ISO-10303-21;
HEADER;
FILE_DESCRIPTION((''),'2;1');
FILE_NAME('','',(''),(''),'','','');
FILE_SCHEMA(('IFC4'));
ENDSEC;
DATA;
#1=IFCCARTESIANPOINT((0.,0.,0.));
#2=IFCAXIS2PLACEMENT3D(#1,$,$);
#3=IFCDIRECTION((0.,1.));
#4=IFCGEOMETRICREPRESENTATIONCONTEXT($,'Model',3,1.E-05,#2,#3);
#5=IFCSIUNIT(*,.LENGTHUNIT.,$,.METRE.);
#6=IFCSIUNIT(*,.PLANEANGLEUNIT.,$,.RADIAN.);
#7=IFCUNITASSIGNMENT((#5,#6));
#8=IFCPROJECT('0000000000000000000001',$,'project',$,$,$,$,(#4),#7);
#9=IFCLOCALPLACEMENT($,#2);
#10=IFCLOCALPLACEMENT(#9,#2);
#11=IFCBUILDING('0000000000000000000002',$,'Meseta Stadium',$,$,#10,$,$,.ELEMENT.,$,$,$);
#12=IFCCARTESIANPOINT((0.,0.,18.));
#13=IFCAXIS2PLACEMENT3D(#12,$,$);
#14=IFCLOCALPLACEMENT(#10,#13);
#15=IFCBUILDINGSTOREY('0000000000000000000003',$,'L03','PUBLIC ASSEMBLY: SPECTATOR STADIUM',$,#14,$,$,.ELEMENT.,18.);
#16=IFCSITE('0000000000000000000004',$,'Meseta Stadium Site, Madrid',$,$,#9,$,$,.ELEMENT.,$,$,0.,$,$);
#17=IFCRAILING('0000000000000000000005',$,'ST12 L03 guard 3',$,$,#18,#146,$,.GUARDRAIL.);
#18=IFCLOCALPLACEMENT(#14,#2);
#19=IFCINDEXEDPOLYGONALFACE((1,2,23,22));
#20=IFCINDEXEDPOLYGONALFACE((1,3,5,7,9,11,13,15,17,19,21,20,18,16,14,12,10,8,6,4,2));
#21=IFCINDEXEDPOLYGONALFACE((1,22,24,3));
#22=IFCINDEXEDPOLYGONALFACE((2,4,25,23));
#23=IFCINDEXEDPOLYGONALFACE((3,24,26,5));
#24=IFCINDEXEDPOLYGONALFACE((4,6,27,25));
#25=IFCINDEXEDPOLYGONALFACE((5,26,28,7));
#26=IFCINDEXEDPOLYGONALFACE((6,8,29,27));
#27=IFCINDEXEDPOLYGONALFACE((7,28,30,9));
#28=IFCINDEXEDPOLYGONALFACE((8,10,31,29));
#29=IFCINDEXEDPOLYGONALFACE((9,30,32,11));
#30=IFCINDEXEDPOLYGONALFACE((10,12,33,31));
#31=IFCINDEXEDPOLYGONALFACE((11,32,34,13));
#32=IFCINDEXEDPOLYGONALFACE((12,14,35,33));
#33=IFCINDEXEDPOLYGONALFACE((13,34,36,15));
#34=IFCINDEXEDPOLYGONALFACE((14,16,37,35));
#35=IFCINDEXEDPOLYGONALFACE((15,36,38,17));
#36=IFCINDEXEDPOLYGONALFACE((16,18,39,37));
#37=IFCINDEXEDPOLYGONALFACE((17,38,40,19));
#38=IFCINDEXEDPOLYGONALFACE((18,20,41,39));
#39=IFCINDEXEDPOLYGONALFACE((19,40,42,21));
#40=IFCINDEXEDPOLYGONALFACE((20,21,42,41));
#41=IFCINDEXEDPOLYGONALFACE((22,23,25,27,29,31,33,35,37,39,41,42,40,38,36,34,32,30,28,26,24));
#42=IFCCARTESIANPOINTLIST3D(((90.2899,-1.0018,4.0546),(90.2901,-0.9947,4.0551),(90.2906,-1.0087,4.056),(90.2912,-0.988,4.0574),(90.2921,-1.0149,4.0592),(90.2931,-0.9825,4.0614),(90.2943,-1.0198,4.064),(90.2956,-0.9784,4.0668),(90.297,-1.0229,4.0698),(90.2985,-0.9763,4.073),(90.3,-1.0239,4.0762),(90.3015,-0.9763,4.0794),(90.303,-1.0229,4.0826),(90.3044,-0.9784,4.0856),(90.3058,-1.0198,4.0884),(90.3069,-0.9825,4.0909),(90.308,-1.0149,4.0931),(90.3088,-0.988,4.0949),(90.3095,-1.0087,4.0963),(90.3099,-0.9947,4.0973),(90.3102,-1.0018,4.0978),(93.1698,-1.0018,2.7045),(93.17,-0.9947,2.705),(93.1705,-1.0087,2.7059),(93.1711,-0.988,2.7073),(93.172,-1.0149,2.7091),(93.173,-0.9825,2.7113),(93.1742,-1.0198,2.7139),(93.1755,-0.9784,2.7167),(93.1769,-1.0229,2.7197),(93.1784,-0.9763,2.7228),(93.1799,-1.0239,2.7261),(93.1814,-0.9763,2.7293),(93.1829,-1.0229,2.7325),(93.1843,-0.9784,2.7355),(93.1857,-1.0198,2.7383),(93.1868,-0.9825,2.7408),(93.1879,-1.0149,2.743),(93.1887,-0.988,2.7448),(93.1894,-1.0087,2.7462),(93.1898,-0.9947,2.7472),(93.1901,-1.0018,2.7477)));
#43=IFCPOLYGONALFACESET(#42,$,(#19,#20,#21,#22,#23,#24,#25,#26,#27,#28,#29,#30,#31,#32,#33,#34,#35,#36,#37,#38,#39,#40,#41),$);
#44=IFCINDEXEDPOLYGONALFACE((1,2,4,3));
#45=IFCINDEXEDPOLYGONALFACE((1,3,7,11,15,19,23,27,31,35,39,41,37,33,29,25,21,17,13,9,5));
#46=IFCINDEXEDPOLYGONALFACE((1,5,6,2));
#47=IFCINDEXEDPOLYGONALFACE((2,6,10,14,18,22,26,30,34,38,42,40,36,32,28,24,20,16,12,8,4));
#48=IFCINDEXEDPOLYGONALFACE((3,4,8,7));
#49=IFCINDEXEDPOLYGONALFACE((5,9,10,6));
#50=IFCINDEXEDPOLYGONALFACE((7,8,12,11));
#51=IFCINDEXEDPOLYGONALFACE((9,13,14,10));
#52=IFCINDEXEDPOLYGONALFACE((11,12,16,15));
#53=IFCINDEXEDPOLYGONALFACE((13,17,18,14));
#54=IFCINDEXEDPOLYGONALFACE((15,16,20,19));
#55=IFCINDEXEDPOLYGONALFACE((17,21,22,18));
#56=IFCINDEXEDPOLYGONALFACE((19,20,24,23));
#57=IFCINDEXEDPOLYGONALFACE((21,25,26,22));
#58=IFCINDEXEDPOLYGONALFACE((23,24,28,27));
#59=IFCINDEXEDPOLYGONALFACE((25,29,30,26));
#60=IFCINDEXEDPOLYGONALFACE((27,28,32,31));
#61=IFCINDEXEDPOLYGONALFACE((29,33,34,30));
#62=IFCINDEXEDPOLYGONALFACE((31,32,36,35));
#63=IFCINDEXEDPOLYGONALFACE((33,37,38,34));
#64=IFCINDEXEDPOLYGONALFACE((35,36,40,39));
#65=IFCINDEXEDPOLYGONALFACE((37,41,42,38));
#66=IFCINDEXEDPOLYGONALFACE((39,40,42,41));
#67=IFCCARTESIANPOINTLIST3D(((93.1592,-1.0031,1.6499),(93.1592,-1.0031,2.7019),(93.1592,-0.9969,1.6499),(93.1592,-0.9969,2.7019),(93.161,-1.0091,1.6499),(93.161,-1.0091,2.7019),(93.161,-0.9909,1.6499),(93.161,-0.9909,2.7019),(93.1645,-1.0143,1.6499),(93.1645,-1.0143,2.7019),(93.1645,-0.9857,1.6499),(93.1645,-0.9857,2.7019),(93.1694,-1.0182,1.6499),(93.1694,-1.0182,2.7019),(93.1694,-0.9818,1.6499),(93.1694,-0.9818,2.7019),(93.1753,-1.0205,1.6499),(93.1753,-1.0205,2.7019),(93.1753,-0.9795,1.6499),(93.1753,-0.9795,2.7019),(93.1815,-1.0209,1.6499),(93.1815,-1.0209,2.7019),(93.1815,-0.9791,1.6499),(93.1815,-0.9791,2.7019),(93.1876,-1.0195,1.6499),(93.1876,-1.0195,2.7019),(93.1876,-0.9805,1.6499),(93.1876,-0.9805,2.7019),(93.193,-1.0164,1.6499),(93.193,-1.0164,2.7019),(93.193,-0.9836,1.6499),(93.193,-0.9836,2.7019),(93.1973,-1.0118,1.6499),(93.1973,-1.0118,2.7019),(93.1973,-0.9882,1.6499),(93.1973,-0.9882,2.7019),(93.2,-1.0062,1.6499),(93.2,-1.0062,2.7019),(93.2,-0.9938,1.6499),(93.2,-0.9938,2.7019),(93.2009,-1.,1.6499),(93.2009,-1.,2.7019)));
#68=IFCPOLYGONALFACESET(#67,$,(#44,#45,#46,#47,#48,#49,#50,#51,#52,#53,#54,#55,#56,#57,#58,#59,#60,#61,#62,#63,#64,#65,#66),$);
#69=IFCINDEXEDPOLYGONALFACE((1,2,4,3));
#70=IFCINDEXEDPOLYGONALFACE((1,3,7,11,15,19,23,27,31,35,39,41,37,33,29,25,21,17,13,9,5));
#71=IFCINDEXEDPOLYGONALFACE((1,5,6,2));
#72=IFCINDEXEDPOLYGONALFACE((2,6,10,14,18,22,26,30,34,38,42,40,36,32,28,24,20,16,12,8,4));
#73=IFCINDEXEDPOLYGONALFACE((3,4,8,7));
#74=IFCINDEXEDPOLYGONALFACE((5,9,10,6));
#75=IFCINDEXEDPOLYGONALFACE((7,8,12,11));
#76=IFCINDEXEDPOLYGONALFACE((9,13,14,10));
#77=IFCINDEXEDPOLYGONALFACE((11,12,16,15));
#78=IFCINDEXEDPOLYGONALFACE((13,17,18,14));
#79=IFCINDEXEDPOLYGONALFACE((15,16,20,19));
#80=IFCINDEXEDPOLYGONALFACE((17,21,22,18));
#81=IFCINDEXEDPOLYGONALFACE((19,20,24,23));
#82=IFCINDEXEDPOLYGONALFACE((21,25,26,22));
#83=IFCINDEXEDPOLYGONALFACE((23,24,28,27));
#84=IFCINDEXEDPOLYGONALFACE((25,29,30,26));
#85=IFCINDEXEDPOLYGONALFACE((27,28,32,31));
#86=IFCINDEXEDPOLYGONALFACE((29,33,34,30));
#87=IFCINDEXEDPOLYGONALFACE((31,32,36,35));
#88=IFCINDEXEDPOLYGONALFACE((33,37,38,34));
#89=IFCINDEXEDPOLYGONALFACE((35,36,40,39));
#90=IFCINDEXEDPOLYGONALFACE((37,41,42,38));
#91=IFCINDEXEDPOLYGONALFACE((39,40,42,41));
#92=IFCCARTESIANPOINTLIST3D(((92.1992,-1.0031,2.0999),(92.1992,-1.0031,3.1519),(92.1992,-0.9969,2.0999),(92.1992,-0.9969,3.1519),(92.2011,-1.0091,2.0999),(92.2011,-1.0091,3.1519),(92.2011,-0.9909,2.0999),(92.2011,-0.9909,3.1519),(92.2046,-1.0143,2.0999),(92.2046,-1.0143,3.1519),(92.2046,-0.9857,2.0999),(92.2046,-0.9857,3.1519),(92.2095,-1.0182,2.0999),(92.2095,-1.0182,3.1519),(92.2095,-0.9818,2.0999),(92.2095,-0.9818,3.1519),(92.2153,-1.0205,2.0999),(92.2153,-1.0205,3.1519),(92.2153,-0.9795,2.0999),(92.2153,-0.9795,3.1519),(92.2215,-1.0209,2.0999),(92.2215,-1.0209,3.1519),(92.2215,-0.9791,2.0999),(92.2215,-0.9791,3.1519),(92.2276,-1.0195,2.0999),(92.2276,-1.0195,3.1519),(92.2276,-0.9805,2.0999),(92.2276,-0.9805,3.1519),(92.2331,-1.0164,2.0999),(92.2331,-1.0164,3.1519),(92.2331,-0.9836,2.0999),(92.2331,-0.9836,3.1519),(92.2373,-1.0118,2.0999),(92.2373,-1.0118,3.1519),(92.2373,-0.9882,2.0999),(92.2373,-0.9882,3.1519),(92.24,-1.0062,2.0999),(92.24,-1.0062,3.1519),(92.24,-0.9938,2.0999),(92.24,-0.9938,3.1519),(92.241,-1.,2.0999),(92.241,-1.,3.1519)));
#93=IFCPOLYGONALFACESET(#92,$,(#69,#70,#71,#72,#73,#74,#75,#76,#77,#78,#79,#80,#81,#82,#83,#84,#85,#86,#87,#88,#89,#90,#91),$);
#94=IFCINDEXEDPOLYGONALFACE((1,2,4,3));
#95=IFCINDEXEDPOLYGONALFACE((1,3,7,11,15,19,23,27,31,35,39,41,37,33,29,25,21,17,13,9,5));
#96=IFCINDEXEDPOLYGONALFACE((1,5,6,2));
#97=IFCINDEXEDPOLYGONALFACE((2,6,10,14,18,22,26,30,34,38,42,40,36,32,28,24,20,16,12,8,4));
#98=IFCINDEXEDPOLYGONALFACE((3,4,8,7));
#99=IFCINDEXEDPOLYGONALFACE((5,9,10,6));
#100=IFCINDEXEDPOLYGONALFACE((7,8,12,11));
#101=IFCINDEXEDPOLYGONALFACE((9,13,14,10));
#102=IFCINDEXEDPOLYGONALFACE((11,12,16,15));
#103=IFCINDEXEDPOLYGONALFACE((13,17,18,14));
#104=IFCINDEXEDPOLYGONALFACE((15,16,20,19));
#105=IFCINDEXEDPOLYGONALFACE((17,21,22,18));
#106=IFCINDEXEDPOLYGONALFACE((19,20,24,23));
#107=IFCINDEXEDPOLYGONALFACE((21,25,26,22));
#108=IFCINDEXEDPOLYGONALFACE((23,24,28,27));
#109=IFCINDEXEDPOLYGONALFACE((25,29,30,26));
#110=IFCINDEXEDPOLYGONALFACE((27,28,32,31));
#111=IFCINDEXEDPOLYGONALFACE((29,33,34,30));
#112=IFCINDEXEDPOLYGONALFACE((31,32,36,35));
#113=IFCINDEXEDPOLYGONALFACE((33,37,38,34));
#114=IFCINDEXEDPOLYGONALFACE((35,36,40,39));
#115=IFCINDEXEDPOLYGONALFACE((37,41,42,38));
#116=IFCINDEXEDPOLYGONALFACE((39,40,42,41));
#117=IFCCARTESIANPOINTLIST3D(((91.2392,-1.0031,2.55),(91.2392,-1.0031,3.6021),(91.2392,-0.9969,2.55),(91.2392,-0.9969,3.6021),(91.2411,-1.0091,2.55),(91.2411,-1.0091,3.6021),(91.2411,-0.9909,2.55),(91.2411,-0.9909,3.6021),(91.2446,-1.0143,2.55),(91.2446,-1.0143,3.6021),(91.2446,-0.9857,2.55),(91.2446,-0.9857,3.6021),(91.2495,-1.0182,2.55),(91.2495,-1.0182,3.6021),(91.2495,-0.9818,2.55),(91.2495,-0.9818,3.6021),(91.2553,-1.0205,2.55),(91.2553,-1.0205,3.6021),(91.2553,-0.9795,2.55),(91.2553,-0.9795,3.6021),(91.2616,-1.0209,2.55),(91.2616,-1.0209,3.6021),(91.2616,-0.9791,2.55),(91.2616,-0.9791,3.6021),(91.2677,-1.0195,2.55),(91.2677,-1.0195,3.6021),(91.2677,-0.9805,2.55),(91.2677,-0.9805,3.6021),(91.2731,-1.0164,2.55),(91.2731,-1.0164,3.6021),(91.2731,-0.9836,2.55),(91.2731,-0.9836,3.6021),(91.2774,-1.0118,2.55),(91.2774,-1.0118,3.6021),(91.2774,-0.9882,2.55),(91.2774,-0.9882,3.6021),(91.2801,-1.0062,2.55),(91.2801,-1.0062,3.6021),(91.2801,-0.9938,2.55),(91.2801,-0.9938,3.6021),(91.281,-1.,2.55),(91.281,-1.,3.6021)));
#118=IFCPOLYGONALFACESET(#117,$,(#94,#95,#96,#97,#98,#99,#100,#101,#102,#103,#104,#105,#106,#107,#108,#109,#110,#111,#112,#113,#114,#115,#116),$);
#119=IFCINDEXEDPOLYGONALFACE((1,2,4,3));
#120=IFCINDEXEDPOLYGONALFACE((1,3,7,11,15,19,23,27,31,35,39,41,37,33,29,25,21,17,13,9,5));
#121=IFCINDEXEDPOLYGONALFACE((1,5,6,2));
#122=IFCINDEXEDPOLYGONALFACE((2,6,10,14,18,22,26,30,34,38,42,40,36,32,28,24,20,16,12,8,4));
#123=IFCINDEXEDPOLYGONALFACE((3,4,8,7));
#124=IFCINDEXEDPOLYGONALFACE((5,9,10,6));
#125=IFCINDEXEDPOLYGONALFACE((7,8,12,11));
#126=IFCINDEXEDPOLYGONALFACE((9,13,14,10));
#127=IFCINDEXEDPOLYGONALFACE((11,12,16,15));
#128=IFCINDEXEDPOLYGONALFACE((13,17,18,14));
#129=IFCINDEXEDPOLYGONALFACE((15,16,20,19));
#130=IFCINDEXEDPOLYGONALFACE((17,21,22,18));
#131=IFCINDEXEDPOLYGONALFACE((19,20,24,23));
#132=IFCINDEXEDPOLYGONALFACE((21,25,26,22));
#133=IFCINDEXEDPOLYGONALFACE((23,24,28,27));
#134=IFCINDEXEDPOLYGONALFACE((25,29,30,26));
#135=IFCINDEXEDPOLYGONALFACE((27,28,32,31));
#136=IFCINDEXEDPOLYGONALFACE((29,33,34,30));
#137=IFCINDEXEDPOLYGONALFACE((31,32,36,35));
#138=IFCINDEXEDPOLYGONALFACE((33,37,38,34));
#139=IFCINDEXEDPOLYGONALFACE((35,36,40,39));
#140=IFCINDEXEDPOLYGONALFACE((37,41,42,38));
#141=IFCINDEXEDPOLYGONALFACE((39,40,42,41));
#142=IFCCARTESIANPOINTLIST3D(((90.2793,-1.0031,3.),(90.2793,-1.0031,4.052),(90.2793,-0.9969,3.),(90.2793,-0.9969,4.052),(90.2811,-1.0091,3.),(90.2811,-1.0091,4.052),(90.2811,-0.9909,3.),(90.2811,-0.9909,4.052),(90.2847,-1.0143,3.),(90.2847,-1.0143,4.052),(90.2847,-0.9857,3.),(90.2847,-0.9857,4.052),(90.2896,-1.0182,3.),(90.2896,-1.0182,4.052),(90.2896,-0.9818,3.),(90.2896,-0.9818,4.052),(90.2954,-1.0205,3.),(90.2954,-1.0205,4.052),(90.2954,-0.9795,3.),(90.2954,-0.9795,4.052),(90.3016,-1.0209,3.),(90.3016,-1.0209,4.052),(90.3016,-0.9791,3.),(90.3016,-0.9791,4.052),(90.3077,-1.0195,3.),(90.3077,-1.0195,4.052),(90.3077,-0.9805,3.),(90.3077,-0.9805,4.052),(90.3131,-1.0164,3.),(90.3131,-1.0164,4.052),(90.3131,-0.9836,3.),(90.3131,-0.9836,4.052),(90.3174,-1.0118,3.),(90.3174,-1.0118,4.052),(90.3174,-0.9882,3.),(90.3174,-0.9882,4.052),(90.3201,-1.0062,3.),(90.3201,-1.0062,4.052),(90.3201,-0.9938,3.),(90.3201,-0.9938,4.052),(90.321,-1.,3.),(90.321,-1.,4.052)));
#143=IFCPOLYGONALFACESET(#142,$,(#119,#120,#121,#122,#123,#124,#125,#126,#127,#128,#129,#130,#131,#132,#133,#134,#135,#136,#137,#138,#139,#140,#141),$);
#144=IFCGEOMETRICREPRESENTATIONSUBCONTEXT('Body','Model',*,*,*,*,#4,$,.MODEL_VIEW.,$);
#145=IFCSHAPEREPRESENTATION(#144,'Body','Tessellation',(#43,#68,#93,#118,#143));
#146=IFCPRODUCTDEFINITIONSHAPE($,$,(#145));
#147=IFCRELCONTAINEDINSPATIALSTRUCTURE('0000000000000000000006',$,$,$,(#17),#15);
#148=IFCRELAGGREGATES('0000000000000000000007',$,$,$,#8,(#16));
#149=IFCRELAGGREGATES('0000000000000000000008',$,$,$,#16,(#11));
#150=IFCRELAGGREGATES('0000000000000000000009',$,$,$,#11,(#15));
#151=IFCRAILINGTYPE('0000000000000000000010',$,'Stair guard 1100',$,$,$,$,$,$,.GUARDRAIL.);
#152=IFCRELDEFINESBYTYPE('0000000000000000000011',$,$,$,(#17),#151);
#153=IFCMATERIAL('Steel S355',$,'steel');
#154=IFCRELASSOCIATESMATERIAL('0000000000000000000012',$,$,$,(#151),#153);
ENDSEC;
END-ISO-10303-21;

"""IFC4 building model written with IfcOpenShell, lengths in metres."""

from ifc_helpers import new_model, si_unit, direction, frame, origin, origin_2d, place, context, subcontext, project, spatial, circle, extrude, material, type_object, element, save


model = new_model("IFC4")

# Units and contexts
model_context = context("Model", 3, precision=1e-05, world=origin(), true_north=direction((0.0, 1.0)))
body_context = subcontext(model_context, "Body", "Model", "MODEL_VIEW")
ifc_project = project(units=[si_unit("LENGTHUNIT", "METRE"), si_unit("PLANEANGLEUNIT", "RADIAN")], contexts=[model_context])

# Site, building, storey
site_placement = place(None, origin())
site = spatial("IfcSite", under=ifc_project, at=site_placement, Name="Meseta Stadium Site, Madrid", CompositionType="ELEMENT", RefElevation=0.0)
building_placement = place(site_placement, origin())
building = spatial("IfcBuilding", under=site, at=building_placement, Name="Meseta Stadium", CompositionType="ELEMENT")
storey_placement = place(building_placement, frame((0.0, 0.0, 18.0)))
storey = spatial("IfcBuildingStorey", under=building, at=storey_placement, Name="L03", Description="PUBLIC ASSEMBLY: SPECTATOR STADIUM", CompositionType="ELEMENT", Elevation=18.0)

# Railing
ifc_material_1 = material(Name="Steel S355", Category="steel")
railing_type_1 = type_object("IfcRailingType", Name="Stair guard 1100", PredefinedType="GUARDRAIL", material=ifc_material_1)
railing_1_placement = place(storey_placement, frame((93.1799, -1.0, 1.6499)))
element("IfcRailing", 1, at=railing_1_placement, inside=storey, type_object=railing_type_1, Name="ST12 L03 guard 3", PredefinedType="GUARDRAIL", context=body_context, shape_type="SweptSolid", body=[
    extrude(circle(Radius=0.0239, at=origin_2d()), frame((0.0, 0.0, 1.0762), z_axis=(-0.90544, 0.0, 0.424473), x_axis=(0.0, -1.0, 0.0)), (0.0, 0.0, 1.0), 3.1807),
    extrude(circle(Radius=0.021, at=origin_2d()), origin(), (0.0, 0.0, 1.0), 1.052),
    extrude(circle(Radius=0.021, at=origin_2d()), frame((-0.96, 0.0, 0.45)), (0.0, 0.0, 1.0), 1.052),
    extrude(circle(Radius=0.021, at=origin_2d()), frame((-1.9199, 0.0, 0.9001)), (0.0, 0.0, 1.0), 1.052),
    extrude(circle(Radius=0.021, at=origin_2d()), frame((-2.8799, 0.0, 1.3501)), (0.0, 0.0, 1.0), 1.052),
])

save(model, "model.ifc")
